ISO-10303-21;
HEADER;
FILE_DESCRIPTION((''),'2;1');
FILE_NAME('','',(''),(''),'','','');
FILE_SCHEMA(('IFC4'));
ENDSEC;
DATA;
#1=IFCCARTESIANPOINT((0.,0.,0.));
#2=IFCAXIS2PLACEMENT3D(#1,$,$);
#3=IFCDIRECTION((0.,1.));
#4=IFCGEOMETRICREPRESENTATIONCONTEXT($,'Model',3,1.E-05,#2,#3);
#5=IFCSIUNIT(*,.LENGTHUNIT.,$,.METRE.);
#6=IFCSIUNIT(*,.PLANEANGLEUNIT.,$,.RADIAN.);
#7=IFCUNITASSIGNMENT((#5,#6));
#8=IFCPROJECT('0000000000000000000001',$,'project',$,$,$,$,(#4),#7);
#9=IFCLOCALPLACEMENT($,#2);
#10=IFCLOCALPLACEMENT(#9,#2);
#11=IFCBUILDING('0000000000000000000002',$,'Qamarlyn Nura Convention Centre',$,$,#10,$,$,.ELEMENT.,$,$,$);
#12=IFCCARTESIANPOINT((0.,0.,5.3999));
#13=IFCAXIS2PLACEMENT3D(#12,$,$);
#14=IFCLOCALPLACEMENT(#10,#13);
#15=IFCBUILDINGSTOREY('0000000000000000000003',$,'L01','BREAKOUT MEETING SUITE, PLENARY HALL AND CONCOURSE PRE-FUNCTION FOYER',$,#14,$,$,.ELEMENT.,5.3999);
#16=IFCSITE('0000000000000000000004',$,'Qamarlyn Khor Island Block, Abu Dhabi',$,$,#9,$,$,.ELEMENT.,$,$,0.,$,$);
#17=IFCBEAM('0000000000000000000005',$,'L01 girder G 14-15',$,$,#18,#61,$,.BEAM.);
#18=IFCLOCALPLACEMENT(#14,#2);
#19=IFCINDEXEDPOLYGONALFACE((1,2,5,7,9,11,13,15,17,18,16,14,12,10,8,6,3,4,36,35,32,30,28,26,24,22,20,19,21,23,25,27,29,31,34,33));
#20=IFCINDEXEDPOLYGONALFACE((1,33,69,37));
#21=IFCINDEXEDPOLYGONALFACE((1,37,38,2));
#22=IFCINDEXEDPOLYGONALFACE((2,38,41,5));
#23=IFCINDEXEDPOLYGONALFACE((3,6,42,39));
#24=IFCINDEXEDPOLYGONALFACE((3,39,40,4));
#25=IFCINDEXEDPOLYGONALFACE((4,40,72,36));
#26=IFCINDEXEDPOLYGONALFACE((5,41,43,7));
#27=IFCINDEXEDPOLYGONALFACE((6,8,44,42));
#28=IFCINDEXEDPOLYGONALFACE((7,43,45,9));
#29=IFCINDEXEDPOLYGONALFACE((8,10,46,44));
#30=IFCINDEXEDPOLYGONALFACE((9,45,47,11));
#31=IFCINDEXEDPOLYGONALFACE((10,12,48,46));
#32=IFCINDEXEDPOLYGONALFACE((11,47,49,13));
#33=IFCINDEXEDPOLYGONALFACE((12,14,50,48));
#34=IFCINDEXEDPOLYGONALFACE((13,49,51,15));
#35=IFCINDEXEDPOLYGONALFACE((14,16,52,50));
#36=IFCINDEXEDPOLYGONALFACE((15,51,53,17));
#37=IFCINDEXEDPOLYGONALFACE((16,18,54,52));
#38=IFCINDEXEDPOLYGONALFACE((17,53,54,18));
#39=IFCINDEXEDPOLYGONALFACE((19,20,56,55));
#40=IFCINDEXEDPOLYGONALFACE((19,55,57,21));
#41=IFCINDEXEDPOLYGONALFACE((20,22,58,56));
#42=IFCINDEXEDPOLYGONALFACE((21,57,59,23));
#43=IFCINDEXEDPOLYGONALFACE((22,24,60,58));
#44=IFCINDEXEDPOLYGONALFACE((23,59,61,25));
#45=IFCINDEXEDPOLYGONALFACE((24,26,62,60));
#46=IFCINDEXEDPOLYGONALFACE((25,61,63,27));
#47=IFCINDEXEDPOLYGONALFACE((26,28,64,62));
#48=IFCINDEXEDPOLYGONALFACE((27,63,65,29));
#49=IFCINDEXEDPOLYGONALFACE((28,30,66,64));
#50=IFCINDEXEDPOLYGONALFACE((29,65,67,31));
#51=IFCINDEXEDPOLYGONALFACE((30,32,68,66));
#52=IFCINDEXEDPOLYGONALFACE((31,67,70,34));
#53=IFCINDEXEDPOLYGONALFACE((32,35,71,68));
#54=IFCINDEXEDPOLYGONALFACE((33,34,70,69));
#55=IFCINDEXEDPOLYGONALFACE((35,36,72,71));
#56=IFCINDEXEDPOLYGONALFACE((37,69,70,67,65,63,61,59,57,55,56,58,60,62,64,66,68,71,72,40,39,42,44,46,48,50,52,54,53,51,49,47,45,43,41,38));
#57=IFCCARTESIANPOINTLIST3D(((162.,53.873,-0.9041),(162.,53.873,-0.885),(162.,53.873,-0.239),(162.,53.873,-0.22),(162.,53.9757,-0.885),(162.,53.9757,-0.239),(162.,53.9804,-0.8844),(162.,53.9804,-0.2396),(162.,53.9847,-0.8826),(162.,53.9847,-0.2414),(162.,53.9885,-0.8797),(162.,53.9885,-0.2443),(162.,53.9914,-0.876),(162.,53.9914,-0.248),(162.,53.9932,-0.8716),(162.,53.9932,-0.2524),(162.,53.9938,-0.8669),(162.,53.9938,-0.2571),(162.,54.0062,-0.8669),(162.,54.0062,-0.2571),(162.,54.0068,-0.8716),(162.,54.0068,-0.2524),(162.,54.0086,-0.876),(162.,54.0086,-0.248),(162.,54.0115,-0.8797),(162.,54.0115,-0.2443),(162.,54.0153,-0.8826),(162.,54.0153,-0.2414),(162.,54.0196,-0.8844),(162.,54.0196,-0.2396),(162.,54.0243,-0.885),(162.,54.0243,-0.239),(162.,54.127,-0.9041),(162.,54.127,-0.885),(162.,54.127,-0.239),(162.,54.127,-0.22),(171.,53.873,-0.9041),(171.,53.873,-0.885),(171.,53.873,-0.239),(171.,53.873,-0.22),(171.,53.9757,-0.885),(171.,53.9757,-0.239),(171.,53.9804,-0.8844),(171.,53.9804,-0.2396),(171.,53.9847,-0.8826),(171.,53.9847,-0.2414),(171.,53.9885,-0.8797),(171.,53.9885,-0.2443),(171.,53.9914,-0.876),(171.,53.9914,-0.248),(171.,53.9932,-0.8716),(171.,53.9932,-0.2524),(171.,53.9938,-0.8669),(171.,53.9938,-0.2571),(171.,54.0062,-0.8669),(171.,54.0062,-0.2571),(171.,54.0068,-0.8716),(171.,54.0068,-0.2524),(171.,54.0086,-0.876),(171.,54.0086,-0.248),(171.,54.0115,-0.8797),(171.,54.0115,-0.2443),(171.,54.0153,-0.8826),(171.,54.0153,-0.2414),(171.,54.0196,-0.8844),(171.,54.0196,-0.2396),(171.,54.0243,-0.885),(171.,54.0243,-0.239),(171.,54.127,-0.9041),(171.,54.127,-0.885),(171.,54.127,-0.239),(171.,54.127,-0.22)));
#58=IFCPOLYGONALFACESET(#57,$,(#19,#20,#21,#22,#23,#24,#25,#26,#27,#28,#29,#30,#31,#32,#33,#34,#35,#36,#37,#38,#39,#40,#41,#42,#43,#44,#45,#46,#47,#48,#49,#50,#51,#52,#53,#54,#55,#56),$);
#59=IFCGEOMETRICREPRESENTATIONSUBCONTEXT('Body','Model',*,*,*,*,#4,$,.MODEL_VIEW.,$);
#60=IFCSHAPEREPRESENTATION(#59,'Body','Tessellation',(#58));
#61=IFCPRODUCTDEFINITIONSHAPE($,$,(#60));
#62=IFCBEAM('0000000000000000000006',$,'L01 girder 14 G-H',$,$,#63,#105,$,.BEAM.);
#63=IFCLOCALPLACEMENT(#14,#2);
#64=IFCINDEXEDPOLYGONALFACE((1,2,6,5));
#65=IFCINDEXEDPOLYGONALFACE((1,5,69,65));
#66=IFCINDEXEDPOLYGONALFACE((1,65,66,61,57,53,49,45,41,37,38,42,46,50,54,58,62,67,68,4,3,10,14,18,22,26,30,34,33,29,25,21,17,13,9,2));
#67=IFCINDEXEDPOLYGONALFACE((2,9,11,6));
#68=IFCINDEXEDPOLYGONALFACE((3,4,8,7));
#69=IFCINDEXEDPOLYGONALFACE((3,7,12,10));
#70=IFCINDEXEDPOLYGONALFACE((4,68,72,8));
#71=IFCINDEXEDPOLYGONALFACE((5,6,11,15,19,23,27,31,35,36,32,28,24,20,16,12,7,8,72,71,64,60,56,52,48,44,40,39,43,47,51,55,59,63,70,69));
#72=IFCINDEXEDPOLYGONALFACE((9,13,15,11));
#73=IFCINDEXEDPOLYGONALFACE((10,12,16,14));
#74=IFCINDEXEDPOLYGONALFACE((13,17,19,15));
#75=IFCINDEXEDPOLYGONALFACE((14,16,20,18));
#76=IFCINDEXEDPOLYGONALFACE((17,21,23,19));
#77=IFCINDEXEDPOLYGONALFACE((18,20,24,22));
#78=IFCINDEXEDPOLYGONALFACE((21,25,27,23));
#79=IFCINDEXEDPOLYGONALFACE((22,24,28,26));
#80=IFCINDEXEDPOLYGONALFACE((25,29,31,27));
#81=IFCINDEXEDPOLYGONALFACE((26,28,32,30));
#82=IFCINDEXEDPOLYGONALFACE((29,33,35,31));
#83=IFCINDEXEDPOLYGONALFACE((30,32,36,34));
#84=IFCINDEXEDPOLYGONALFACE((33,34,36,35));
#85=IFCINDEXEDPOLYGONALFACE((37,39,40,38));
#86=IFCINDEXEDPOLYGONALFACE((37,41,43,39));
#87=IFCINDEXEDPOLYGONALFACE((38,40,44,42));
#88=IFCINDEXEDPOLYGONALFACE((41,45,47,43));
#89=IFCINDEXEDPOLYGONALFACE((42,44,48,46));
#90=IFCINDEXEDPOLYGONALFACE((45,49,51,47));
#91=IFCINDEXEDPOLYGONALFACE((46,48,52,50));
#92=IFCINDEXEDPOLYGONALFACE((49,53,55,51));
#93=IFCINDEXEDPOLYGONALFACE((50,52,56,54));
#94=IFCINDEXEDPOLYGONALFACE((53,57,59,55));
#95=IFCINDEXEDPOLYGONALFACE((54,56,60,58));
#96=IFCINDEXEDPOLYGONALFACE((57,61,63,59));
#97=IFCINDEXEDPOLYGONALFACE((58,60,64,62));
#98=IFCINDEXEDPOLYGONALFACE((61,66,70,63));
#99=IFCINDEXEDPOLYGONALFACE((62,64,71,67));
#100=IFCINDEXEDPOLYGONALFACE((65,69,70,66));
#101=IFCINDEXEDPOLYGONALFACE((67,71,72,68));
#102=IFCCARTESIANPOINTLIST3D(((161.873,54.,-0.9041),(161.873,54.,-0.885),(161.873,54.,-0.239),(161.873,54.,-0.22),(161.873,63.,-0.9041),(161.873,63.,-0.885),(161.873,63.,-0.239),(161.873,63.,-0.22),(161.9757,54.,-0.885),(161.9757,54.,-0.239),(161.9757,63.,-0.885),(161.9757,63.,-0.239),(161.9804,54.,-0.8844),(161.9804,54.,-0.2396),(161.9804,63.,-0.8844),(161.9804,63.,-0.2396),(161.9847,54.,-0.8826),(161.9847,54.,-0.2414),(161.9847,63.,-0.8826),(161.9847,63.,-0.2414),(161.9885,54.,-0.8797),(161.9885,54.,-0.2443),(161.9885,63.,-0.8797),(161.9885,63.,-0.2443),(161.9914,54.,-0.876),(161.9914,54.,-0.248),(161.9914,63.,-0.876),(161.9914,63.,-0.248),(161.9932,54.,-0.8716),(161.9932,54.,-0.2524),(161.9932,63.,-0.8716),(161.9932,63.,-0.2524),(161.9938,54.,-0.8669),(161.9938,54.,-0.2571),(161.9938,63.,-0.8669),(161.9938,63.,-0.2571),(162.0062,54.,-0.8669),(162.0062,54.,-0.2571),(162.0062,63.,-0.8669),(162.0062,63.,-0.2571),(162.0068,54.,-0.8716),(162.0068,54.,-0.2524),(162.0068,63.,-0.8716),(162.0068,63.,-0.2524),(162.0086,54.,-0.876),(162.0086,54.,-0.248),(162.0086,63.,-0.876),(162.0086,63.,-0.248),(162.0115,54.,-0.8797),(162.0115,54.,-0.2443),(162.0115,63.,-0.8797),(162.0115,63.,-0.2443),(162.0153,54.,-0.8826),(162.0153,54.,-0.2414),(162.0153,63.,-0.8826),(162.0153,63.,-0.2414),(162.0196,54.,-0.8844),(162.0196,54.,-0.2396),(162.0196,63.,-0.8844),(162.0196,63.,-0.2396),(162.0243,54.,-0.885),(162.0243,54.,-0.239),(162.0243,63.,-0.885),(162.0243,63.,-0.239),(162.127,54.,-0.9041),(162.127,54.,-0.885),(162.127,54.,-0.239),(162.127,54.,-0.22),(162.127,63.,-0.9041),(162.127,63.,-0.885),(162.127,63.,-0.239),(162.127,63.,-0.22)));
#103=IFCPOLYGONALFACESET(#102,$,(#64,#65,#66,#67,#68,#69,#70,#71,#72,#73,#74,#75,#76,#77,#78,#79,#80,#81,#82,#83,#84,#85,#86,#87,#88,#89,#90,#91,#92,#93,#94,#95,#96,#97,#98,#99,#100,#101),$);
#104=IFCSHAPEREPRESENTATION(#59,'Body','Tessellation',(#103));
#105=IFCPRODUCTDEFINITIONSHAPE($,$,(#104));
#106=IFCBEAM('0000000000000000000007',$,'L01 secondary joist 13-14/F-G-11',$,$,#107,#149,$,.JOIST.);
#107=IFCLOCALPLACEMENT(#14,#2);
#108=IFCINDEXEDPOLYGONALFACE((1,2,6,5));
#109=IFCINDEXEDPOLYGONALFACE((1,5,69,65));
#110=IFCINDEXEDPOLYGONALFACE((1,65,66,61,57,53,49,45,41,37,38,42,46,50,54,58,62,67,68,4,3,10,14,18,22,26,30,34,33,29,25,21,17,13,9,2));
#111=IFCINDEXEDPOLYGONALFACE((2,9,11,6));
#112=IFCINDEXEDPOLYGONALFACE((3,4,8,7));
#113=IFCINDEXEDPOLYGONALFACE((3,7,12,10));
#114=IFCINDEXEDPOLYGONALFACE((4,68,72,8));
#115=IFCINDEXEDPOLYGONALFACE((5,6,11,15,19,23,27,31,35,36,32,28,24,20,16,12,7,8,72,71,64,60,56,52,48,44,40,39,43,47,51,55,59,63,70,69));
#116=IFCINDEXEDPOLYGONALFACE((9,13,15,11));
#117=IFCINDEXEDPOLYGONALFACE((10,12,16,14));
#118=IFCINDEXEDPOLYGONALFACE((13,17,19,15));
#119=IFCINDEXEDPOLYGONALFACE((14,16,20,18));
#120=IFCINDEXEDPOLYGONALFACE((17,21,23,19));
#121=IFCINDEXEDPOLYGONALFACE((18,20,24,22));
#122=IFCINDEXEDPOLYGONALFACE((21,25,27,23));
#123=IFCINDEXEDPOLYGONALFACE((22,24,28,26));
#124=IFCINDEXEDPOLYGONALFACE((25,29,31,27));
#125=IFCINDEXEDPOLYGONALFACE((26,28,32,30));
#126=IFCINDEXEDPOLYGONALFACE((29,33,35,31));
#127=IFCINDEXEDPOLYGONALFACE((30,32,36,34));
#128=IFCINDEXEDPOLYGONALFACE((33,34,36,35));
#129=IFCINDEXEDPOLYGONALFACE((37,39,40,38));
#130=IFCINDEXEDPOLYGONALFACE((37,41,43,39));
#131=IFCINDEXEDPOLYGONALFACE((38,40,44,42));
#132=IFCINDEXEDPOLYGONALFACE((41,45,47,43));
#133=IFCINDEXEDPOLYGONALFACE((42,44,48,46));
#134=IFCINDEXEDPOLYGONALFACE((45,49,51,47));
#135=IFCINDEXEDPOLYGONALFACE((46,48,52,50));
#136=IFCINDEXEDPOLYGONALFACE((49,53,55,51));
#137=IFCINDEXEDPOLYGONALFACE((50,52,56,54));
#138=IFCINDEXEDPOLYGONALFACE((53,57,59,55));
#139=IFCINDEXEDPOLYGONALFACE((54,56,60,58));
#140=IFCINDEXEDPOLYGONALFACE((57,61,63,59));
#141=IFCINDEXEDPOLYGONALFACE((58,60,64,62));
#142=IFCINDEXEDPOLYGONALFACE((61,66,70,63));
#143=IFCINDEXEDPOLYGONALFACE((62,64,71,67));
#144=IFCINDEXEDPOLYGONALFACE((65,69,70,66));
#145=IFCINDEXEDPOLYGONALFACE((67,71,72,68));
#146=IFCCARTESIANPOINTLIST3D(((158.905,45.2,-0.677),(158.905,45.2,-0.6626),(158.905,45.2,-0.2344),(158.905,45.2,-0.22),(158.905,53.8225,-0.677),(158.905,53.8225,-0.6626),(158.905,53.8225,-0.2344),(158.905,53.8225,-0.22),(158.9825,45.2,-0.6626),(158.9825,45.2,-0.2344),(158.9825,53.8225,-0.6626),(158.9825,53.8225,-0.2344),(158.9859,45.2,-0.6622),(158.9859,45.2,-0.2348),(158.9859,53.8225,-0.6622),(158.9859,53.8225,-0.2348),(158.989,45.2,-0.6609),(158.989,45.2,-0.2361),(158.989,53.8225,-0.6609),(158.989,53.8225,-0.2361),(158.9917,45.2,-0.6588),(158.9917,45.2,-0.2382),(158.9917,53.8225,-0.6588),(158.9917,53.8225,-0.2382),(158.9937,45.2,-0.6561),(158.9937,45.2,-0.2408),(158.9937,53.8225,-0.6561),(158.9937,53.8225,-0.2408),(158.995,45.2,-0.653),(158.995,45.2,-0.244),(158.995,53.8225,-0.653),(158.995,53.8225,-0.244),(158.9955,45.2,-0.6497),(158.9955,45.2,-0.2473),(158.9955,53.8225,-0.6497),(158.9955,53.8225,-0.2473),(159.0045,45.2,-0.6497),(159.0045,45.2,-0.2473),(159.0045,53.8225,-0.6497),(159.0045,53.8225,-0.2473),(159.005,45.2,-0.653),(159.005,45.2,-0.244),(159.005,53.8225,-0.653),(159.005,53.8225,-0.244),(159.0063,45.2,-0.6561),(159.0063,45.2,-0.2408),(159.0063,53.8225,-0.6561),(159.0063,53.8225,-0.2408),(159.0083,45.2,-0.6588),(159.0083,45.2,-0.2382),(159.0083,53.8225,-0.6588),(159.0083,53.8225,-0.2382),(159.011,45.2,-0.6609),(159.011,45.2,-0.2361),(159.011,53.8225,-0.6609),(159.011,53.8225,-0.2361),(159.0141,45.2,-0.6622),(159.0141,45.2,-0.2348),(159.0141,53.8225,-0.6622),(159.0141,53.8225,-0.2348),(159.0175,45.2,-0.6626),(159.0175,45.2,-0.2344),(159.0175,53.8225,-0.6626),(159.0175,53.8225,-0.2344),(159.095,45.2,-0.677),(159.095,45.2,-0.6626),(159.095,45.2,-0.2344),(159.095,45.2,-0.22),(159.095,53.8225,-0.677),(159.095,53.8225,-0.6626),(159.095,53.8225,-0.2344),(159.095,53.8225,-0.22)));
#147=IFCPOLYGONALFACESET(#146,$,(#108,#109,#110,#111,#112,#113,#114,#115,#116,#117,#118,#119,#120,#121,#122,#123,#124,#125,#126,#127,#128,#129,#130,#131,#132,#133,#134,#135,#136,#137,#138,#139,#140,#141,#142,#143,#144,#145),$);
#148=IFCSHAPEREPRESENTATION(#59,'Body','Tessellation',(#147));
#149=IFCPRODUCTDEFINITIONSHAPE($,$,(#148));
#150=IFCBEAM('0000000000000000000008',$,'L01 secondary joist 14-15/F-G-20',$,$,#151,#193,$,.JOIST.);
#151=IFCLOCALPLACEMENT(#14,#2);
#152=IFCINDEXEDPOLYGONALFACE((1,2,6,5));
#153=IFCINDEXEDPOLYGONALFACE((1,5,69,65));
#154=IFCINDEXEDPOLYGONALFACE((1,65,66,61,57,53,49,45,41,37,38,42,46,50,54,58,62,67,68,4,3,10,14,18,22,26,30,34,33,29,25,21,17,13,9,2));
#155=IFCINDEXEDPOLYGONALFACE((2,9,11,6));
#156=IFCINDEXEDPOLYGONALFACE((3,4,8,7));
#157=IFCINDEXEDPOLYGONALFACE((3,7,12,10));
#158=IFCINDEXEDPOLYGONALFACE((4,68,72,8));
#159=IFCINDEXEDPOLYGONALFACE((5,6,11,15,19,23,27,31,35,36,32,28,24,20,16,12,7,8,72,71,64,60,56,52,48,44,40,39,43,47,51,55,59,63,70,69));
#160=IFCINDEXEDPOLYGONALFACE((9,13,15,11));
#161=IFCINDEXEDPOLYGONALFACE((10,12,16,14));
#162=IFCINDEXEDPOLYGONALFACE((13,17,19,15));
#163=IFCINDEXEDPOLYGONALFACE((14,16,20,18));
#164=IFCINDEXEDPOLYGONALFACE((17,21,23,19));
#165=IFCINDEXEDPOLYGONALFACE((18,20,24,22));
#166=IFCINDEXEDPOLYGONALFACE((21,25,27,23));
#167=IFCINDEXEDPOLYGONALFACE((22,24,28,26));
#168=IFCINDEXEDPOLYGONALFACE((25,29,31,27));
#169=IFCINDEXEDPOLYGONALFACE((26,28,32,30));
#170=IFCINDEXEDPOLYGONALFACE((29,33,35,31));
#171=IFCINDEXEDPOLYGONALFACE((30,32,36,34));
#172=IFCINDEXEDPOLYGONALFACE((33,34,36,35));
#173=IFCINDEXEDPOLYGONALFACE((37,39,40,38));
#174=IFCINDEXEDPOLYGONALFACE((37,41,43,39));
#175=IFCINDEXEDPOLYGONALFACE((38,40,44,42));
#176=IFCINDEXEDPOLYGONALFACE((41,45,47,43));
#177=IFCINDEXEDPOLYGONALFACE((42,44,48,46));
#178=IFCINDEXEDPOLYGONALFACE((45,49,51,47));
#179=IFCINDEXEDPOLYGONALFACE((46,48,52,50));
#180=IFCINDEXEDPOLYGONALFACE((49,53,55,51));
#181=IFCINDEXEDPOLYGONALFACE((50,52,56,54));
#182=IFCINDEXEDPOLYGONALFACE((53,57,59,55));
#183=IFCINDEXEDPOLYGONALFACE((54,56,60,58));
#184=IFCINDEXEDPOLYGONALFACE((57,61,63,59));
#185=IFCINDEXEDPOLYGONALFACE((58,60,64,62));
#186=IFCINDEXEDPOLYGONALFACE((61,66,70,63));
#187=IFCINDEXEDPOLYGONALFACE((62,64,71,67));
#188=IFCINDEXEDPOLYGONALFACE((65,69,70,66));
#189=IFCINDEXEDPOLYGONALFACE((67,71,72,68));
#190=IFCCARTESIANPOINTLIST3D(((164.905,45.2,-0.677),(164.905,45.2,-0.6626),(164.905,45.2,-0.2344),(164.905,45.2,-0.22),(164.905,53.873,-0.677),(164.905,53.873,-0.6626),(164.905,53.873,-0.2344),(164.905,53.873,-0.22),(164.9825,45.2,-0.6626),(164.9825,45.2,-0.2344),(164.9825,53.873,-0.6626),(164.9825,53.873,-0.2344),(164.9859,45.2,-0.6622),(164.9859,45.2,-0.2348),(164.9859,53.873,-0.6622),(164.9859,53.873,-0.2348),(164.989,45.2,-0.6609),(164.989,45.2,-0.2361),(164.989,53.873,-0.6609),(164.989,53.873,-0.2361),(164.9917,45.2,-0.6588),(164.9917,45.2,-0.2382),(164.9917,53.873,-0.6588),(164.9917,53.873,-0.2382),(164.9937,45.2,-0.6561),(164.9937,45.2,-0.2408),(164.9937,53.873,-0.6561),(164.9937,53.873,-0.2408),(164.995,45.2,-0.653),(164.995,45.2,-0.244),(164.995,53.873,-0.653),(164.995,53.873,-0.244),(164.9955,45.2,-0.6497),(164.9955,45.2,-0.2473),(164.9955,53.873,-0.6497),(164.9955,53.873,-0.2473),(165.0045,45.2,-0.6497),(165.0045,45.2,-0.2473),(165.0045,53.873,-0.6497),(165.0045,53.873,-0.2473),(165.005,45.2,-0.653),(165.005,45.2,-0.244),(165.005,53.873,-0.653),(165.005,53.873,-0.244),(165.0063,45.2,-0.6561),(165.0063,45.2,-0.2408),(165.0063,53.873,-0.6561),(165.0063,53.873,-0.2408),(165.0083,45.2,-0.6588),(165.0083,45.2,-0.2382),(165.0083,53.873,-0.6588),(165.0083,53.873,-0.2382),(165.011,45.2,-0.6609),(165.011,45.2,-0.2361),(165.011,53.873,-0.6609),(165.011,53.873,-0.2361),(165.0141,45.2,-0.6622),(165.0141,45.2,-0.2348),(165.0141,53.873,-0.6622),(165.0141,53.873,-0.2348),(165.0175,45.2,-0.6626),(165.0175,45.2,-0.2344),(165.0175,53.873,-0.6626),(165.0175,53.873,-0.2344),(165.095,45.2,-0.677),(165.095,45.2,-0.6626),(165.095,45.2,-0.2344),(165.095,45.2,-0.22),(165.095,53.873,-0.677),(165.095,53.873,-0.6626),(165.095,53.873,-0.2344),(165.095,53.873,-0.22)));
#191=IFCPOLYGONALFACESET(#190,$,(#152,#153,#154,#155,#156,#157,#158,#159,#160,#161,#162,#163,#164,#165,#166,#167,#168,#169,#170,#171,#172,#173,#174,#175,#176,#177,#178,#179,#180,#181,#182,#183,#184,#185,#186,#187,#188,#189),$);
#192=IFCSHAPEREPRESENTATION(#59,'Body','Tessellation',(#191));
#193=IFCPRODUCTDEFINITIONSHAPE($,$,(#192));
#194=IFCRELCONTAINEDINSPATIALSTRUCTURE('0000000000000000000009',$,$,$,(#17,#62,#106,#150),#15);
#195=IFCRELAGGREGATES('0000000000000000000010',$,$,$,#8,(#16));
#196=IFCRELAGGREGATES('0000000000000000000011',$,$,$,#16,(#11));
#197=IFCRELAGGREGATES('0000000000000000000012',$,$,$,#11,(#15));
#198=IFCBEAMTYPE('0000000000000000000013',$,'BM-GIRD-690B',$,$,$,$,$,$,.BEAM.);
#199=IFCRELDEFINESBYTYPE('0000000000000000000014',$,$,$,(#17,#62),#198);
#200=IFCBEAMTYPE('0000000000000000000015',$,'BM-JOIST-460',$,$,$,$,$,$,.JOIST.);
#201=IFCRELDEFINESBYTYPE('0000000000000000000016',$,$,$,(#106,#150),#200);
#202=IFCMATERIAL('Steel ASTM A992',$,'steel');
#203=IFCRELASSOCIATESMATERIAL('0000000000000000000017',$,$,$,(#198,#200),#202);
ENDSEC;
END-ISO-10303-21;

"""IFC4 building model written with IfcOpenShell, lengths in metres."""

from ifc_helpers import new_model, si_unit, direction, frame, origin, origin_2d, place, context, subcontext, project, spatial, i_section, extrude, material, material_profile, profile_set, type_object, element, save


model = new_model("IFC4")

# Units and contexts
model_context = context("Model", 3, precision=1e-05, world=origin(), true_north=direction((0.0, 1.0)))
body_context = subcontext(model_context, "Body", "Model", "MODEL_VIEW")
ifc_project = project(units=[si_unit("LENGTHUNIT", "METRE"), si_unit("PLANEANGLEUNIT", "RADIAN")], contexts=[model_context])

# Site, building, storey
site_placement = place(None, origin())
site = spatial("IfcSite", under=ifc_project, at=site_placement, Name="Qamarlyn Khor Island Block, Abu Dhabi", CompositionType="ELEMENT", RefElevation=0.0)
building_placement = place(site_placement, origin())
building = spatial("IfcBuilding", under=site, at=building_placement, Name="Qamarlyn Nura Convention Centre", CompositionType="ELEMENT")
storey_placement = place(building_placement, frame((0.0, 0.0, 5.3999)))
storey = spatial("IfcBuildingStorey", under=building, at=storey_placement, Name="L01", Description="BREAKOUT MEETING SUITE, PLENARY HALL AND CONCOURSE PRE-FUNCTION FOYER", CompositionType="ELEMENT", Elevation=5.3999)

# Shared definitions
ifc_material_1 = material(Name="Steel ASTM A992", Category="steel")

# Beams
ifc_material_profile_1 = material_profile(ifc_material_1, i_section(OverallWidth=0.2539, OverallDepth=0.6841, WebThickness=0.0125, FlangeThickness=0.019, FilletRadius=0.0181, at=origin_2d()), Name="W690X140")
ifc_profile_set_1 = profile_set([ifc_material_profile_1], Name="Steel ASTM A992")
beam_type_1 = type_object("IfcBeamType", Name="BM-GIRD-690B", PredefinedType="BEAM", material=ifc_profile_set_1)
for number, where, z_axis, x_axis, name in (
    (1, (162.0, 54.0, -0.562), (1.0, 0.0, 0.0), (0.0, 1.0, 0.0), "L01 girder G 14-15"),
    (2, (162.0, 54.0, -0.562), (0.0, 1.0, 0.0), (-1.0, 0.0, 0.0), "L01 girder 14 G-H"),
):
    element("IfcBeam", number, at=place(storey_placement, frame(where, z_axis=z_axis, x_axis=x_axis)), inside=storey, type_object=beam_type_1, Name=name, PredefinedType="BEAM", context=body_context, shape_type="SweptSolid", body=[
        extrude(i_section(OverallWidth=0.2539, OverallDepth=0.6841, WebThickness=0.0125, FlangeThickness=0.019, FilletRadius=0.0181, at=origin_2d()), origin(), (0.0, 0.0, 1.0), 9.0),
    ])
ifc_material_profile_2 = material_profile(ifc_material_1, i_section(OverallWidth=0.1899, OverallDepth=0.457, WebThickness=0.009, FlangeThickness=0.0144, FilletRadius=0.0129, at=origin_2d()), Name="W460X74")
ifc_profile_set_2 = profile_set([ifc_material_profile_2], Name="Steel ASTM A992")
beam_type_2 = type_object("IfcBeamType", Name="BM-JOIST-460", PredefinedType="JOIST", material=ifc_profile_set_2)
beam_1_placement = place(storey_placement, frame((159.0, 45.2, -0.4485), z_axis=(0.0, 1.0, 0.0), x_axis=(-1.0, 0.0, 0.0)))
element("IfcBeam", 3, at=beam_1_placement, inside=storey, type_object=beam_type_2, Name="L01 secondary joist 13-14/F-G-11", PredefinedType="JOIST", context=body_context, shape_type="SweptSolid", body=[
    extrude(i_section(OverallWidth=0.1899, OverallDepth=0.457, WebThickness=0.009, FlangeThickness=0.0144, FilletRadius=0.0129, at=origin_2d()), origin(), (0.0, 0.0, 1.0), 8.6226),
])
for number, where, z_axis, x_axis, name in (
    (4, (165.0, 45.2, -0.4485), (0.0, 1.0, 0.0), (-1.0, 0.0, 0.0), "L01 secondary joist 14-15/F-G-20"),
):
    element("IfcBeam", number, at=place(storey_placement, frame(where, z_axis=z_axis, x_axis=x_axis)), inside=storey, type_object=beam_type_2, Name=name, PredefinedType="JOIST", context=body_context, shape_type="SweptSolid", body=[
        extrude(i_section(OverallWidth=0.1899, OverallDepth=0.457, WebThickness=0.009, FlangeThickness=0.0144, FilletRadius=0.0129, at=origin_2d()), origin(), (0.0, 0.0, 1.0), 8.6731),
    ])

save(model, "model.ifc")
